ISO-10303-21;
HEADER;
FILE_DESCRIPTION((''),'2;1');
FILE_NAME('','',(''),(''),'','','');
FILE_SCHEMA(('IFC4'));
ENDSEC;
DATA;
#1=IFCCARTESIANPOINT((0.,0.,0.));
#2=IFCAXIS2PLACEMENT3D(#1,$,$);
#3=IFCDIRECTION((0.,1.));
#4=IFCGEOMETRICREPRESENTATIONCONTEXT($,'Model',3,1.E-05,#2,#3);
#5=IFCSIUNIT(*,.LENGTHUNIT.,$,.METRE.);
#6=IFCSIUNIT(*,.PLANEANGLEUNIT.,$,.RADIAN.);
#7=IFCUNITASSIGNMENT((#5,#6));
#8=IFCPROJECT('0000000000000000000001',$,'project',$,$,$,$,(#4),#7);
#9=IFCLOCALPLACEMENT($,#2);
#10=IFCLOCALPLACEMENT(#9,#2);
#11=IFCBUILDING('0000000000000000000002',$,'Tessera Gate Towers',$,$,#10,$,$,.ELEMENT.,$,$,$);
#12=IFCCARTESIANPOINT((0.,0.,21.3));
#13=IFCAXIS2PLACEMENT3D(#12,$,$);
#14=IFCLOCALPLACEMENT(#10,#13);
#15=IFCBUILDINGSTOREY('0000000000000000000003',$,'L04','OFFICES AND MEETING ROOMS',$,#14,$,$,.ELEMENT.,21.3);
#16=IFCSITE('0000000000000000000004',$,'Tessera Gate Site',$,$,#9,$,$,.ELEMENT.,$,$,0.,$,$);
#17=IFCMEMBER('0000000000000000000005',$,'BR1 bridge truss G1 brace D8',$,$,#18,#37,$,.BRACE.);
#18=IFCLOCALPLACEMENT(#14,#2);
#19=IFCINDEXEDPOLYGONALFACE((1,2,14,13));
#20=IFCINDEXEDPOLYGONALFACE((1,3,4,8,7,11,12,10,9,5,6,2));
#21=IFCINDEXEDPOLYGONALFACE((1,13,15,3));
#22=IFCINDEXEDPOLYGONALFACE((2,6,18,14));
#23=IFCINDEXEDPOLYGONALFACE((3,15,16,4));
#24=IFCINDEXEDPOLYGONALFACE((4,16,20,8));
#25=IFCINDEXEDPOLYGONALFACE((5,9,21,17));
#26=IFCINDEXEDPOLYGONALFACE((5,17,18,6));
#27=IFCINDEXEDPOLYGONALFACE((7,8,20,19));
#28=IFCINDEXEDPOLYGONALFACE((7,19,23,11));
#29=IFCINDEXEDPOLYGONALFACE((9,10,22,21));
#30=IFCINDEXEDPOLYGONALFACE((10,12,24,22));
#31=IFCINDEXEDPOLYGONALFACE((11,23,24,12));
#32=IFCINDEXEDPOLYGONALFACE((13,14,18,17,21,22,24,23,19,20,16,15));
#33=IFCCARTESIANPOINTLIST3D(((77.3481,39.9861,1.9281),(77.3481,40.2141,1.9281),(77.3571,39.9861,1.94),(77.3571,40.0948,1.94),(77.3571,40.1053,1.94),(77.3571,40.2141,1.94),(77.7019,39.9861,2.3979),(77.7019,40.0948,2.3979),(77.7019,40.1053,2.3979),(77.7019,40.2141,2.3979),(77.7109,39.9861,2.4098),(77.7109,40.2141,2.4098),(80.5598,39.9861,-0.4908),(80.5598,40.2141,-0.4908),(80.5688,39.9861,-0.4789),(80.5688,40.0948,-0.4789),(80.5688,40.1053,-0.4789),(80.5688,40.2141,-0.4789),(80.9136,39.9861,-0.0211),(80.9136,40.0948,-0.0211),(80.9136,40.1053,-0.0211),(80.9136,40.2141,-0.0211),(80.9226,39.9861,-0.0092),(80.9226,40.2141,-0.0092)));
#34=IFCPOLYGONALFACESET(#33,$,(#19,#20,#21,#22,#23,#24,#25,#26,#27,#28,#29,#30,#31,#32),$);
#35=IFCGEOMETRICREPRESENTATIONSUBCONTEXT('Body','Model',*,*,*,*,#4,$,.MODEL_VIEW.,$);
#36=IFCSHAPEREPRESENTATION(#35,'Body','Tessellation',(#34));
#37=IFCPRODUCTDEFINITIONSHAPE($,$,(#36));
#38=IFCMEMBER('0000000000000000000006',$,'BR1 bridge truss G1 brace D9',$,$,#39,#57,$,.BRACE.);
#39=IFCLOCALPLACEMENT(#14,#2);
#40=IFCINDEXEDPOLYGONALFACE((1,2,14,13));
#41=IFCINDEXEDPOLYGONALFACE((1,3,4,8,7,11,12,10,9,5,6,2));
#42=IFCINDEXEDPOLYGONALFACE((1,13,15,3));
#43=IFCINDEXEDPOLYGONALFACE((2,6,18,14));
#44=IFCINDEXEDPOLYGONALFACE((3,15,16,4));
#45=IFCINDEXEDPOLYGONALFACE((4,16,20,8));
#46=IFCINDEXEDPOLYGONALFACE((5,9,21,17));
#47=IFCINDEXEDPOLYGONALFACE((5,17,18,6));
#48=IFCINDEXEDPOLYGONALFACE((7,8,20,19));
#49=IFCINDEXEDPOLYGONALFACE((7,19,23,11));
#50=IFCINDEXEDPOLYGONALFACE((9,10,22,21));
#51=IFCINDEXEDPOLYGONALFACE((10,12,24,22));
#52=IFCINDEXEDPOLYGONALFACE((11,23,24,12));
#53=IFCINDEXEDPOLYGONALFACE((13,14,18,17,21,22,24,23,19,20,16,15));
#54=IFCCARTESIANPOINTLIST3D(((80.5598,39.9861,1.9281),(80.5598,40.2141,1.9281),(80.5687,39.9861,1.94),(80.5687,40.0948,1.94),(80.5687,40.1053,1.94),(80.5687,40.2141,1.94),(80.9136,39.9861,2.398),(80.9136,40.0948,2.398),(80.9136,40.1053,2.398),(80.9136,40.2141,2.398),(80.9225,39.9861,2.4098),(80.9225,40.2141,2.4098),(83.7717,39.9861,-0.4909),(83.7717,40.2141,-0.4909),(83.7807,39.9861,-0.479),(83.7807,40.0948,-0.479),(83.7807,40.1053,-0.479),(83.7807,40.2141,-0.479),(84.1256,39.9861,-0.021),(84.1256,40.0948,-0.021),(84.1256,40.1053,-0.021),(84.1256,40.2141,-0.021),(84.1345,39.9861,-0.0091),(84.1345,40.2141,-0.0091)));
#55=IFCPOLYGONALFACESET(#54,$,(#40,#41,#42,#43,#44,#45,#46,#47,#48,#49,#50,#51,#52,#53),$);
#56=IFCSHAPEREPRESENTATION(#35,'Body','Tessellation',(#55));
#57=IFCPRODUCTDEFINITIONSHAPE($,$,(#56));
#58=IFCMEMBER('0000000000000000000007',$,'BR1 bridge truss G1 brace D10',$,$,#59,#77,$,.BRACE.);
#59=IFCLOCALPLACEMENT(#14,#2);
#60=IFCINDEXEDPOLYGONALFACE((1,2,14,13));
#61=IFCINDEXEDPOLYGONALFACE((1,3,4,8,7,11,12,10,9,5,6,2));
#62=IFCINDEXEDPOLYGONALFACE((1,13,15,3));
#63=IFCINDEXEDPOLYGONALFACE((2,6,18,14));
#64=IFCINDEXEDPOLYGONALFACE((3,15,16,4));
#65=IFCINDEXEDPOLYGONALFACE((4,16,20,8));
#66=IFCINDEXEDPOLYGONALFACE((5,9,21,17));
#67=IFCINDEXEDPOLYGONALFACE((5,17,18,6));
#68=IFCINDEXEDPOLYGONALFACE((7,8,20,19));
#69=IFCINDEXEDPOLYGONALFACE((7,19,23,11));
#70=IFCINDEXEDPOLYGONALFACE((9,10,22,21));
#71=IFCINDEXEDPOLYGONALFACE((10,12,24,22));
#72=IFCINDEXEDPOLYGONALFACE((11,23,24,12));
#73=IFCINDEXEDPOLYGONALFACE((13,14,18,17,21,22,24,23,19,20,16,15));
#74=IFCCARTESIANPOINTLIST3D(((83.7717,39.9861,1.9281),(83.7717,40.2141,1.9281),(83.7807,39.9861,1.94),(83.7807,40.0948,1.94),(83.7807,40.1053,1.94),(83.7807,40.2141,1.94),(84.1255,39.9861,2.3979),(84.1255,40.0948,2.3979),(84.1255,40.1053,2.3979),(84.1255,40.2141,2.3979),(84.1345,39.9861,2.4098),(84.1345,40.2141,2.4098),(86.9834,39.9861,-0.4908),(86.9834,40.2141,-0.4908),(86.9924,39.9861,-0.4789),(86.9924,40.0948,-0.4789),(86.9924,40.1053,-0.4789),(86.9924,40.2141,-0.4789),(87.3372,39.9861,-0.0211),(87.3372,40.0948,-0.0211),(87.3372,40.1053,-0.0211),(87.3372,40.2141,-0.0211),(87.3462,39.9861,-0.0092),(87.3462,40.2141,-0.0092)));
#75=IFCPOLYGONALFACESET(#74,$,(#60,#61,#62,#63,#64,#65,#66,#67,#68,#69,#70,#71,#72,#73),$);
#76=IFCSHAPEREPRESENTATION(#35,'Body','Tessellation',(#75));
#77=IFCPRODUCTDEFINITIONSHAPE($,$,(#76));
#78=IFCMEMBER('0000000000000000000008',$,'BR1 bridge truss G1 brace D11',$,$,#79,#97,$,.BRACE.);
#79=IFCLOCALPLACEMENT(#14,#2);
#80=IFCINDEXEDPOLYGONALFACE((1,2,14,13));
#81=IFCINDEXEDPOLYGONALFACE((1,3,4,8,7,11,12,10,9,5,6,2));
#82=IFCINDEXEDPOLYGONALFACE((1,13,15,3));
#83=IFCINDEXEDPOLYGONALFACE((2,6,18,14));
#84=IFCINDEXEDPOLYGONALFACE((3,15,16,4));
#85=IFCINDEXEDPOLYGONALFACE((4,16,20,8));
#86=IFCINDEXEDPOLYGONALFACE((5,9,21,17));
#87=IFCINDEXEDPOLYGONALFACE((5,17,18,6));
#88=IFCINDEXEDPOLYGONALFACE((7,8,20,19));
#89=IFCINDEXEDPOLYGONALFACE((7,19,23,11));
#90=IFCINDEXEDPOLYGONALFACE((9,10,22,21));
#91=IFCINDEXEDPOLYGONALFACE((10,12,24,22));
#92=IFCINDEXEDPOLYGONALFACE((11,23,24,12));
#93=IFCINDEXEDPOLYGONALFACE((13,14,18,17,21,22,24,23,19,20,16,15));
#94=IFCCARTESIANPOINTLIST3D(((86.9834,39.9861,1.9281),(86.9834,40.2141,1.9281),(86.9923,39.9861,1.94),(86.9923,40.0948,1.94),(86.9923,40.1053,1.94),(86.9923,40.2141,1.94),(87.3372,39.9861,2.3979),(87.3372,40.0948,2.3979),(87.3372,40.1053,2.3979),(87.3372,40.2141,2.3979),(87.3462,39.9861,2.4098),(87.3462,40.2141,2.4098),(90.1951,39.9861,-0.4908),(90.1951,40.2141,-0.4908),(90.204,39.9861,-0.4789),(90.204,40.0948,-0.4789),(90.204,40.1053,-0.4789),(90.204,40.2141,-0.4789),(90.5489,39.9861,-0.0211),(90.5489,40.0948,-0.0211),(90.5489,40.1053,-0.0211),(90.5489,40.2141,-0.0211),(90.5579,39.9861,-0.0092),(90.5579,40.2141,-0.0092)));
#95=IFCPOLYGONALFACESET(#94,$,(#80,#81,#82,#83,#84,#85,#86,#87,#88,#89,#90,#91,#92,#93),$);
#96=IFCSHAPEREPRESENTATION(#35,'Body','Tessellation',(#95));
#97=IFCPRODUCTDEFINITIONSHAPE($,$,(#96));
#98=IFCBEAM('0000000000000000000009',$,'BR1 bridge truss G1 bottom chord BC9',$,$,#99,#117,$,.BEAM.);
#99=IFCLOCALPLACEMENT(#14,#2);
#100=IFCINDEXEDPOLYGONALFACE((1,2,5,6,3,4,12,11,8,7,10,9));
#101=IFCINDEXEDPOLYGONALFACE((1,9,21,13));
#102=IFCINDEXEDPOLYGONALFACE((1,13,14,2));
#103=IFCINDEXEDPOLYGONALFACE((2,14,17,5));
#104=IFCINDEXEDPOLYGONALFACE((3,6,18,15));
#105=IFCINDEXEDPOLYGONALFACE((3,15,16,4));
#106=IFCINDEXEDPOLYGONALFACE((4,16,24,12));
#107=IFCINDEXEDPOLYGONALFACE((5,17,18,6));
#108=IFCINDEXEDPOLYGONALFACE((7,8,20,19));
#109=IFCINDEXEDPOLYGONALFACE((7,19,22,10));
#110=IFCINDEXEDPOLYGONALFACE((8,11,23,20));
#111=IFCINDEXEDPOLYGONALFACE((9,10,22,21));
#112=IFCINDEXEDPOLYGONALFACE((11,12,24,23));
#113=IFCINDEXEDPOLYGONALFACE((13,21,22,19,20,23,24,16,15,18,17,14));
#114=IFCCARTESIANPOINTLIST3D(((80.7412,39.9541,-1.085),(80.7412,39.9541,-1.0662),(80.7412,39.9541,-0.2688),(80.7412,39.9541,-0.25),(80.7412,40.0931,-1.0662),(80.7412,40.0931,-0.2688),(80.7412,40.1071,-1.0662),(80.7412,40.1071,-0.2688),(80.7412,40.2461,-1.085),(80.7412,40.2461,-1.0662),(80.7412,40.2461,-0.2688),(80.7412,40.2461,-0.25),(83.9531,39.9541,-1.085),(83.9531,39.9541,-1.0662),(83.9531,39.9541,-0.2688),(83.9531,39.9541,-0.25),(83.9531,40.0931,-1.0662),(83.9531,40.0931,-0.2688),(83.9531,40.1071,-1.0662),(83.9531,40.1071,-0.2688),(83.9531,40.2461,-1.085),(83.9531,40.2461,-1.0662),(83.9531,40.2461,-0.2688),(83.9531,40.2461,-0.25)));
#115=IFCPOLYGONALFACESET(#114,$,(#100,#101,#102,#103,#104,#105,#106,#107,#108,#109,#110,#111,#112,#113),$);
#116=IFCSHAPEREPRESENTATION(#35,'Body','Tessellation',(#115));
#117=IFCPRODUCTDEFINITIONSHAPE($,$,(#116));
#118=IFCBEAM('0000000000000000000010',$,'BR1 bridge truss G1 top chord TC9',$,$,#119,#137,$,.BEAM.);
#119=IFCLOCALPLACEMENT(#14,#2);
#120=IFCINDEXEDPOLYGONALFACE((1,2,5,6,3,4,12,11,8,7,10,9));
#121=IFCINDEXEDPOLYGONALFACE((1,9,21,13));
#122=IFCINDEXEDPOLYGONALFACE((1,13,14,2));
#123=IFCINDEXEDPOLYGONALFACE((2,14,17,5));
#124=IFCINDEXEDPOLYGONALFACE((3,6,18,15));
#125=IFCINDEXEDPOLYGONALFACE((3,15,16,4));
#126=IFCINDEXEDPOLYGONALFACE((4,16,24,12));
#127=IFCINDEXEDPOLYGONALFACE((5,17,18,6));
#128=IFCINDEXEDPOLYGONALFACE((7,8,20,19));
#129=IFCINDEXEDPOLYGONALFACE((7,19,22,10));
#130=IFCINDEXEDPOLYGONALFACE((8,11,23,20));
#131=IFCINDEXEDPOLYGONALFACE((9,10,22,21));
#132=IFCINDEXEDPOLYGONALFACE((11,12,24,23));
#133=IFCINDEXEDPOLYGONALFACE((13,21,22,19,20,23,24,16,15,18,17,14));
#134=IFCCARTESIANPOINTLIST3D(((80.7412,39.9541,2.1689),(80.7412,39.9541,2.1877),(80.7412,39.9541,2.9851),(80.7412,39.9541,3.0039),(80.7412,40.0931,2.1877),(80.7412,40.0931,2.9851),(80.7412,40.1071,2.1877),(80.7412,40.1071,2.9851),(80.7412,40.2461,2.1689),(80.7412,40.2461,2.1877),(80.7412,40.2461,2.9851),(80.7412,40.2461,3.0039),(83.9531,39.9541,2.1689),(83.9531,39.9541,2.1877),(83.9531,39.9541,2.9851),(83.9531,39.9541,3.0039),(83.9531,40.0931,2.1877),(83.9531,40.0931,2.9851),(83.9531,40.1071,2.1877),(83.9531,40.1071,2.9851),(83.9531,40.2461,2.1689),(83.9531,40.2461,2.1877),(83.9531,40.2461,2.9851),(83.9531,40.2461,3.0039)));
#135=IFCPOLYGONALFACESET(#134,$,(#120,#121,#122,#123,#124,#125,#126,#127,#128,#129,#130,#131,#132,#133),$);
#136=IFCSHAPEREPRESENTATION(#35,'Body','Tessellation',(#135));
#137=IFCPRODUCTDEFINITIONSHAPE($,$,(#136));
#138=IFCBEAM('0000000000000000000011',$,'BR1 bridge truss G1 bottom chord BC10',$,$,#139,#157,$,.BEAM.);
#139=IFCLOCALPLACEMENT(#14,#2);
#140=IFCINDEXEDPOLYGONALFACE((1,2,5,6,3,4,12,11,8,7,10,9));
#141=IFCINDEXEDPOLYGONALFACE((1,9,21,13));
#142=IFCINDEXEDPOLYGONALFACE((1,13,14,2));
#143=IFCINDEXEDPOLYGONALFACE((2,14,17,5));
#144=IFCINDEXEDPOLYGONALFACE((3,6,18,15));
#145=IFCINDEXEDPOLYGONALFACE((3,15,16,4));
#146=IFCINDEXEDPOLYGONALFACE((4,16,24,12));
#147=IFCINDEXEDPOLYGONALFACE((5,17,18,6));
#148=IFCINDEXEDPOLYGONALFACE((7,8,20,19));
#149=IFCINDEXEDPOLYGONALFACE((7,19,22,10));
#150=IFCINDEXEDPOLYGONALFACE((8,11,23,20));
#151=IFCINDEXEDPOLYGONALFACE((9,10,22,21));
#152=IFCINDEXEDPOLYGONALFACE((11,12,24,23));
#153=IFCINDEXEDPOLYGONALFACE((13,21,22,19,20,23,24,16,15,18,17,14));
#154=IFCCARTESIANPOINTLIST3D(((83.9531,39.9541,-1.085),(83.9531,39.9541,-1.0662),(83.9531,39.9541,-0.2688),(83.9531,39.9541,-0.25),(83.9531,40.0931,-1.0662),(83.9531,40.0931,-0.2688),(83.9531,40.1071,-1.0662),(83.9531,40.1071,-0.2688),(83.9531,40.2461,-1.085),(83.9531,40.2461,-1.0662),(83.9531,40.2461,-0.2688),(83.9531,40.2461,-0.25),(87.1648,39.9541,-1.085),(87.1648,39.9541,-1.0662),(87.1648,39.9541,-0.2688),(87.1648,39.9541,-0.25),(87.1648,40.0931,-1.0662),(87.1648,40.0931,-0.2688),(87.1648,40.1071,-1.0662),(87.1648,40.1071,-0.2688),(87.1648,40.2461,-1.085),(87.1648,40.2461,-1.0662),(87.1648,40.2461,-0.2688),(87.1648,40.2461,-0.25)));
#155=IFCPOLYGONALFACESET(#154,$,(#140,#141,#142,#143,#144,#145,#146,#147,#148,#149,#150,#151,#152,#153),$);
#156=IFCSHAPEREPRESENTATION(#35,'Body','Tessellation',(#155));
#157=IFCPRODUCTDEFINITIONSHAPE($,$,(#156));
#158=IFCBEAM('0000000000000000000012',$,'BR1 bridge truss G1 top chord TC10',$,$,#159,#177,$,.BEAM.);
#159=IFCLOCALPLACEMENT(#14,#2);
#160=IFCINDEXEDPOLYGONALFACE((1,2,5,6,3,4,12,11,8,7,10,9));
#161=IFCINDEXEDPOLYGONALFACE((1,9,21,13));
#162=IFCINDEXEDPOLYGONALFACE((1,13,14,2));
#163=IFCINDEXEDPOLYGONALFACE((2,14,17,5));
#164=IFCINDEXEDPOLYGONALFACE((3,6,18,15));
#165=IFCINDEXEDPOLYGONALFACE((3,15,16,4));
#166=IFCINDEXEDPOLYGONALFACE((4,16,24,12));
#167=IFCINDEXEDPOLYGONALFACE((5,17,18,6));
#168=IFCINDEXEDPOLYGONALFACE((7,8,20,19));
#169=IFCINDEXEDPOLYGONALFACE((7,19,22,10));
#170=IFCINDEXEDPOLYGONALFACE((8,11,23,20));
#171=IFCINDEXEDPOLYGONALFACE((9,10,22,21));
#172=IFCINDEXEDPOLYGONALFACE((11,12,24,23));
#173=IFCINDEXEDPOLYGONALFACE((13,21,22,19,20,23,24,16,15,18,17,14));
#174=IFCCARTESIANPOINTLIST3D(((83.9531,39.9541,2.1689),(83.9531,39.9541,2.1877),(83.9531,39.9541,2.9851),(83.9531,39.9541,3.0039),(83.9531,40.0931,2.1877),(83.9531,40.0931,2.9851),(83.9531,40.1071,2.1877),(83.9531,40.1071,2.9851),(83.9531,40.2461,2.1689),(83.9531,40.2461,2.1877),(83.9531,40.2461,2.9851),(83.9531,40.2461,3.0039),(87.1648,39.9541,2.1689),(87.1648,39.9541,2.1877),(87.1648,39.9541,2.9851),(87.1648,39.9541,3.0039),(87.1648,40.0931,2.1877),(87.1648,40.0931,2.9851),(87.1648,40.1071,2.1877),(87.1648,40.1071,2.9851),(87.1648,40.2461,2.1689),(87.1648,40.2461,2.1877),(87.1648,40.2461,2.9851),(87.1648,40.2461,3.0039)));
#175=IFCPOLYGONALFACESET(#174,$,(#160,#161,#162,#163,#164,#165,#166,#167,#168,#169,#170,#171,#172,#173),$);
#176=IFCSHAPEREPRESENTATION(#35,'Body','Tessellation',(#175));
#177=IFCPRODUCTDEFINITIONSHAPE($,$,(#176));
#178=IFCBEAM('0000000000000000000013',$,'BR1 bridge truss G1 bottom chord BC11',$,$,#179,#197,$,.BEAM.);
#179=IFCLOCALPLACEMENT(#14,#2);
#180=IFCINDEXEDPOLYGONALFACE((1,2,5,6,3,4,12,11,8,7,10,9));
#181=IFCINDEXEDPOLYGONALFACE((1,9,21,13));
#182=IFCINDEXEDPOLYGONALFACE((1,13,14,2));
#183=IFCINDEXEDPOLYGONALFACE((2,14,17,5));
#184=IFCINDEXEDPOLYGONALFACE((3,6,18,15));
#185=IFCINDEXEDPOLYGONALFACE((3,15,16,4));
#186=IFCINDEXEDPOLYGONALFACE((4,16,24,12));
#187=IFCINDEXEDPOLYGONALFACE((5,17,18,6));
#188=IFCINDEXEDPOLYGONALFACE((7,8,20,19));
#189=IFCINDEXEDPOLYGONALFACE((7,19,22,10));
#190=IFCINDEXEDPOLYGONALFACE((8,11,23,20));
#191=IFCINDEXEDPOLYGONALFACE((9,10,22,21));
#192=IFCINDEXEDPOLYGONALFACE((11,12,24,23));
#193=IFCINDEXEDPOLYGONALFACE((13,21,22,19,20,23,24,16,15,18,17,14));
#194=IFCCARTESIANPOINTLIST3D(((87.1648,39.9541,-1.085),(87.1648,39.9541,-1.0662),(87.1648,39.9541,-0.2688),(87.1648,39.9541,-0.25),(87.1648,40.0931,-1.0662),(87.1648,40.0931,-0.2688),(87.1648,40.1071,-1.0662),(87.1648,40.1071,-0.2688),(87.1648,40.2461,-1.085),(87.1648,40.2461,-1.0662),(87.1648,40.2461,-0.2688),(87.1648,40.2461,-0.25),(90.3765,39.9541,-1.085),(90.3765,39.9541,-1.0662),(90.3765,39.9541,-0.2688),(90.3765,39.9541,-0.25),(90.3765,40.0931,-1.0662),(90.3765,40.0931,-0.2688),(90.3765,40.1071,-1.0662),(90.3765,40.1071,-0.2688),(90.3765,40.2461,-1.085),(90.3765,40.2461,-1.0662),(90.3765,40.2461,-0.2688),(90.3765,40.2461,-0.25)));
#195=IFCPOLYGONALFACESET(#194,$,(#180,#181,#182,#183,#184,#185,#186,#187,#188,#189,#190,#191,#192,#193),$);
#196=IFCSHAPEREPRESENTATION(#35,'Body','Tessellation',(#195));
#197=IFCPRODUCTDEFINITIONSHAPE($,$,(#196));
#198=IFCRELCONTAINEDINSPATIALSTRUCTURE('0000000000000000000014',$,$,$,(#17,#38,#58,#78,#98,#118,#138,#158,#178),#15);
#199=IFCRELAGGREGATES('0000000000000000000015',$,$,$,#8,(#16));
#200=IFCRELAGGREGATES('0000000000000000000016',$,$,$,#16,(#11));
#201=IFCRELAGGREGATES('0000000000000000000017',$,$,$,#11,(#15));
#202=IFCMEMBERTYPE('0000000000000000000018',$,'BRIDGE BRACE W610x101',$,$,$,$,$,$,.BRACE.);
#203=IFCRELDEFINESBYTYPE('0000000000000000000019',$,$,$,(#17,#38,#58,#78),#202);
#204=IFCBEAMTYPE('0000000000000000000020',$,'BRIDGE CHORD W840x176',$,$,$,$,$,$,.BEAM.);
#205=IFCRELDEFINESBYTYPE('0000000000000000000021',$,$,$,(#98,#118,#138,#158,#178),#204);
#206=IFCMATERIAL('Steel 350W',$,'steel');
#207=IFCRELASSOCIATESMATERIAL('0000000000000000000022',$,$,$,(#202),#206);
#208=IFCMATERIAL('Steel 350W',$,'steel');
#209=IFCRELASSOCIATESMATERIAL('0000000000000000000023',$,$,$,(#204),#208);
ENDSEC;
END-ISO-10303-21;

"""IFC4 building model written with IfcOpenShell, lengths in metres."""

from ifc_helpers import new_model, si_unit, direction, frame, origin, origin_2d, place, context, subcontext, project, spatial, i_section, extrude, material, material_profile, profile_set, type_object, element, save


model = new_model("IFC4")

# Units and contexts
model_context = context("Model", 3, precision=1e-05, world=origin(), true_north=direction((0.0, 1.0)))
body_context = subcontext(model_context, "Body", "Model", "MODEL_VIEW")
ifc_project = project(units=[si_unit("LENGTHUNIT", "METRE"), si_unit("PLANEANGLEUNIT", "RADIAN")], contexts=[model_context])

# Site, building, storey
site_placement = place(None, origin())
site = spatial("IfcSite", under=ifc_project, at=site_placement, Name="Tessera Gate Site", CompositionType="ELEMENT", RefElevation=0.0)
building_placement = place(site_placement, origin())
building = spatial("IfcBuilding", under=site, at=building_placement, Name="Tessera Gate Towers", CompositionType="ELEMENT")
storey_placement = place(building_placement, frame((0.0, 0.0, 21.3)))
storey = spatial("IfcBuildingStorey", under=building, at=storey_placement, Name="L04", Description="OFFICES AND MEETING ROOMS", CompositionType="ELEMENT", Elevation=21.3)

# Members
ifc_material_1 = material(Name="Steel 350W", Category="steel")
ifc_material_profile_1 = material_profile(ifc_material_1, i_section(OverallWidth=0.228, OverallDepth=0.603, WebThickness=0.0105, FlangeThickness=0.0149, at=origin_2d()), Name="W610x101")
ifc_profile_set_1 = profile_set([ifc_material_profile_1], Name="Steel 350W")
member_type_1 = type_object("IfcMemberType", Name="BRIDGE BRACE W610x101", PredefinedType="BRACE", material=ifc_profile_set_1)
member_1_placement = place(storey_placement, frame((80.7412, 40.1001, -0.25), z_axis=(-0.798782, 0.0, 0.601621), x_axis=(0.0, -1.0, 0.0)))
element("IfcMember", 1, at=member_1_placement, inside=storey, type_object=member_type_1, Name="BR1 bridge truss G1 brace D8", PredefinedType="BRACE", context=body_context, shape_type="SweptSolid", body=[
    extrude(i_section(OverallWidth=0.228, OverallDepth=0.603, WebThickness=0.0105, FlangeThickness=0.0149, at=origin_2d()), origin(), (0.0, 0.0, 1.0), 4.0208),
])
member_2_placement = place(storey_placement, frame((83.9531, 40.1001, -0.25), z_axis=(-0.798803, 0.0, 0.601592), x_axis=(0.0, -1.0, 0.0)))
element("IfcMember", 2, at=member_2_placement, inside=storey, type_object=member_type_1, Name="BR1 bridge truss G1 brace D9", PredefinedType="BRACE", context=body_context, shape_type="SweptSolid", body=[
    extrude(i_section(OverallWidth=0.228, OverallDepth=0.603, WebThickness=0.0105, FlangeThickness=0.0149, at=origin_2d()), origin(), (0.0, 0.0, 1.0), 4.021),
])
for number, where, z_axis, x_axis, name in (
    (3, (87.1648, 40.1001, -0.25), (-0.798782, 0.0, 0.601621), (0.0, -1.0, 0.0), "BR1 bridge truss G1 brace D10"),
    (4, (90.3765, 40.1001, -0.25), (-0.798782, 0.0, 0.601621), (0.0, -1.0, 0.0), "BR1 bridge truss G1 brace D11"),
):
    element("IfcMember", number, at=place(storey_placement, frame(where, z_axis=z_axis, x_axis=x_axis)), inside=storey, type_object=member_type_1, Name=name, PredefinedType="BRACE", context=body_context, shape_type="SweptSolid", body=[
        extrude(i_section(OverallWidth=0.228, OverallDepth=0.603, WebThickness=0.0105, FlangeThickness=0.0149, at=origin_2d()), origin(), (0.0, 0.0, 1.0), 4.0208),
    ])

# Beams
ifc_material_2 = material(Name="Steel 350W", Category="steel")
ifc_material_profile_2 = material_profile(ifc_material_2, i_section(OverallWidth=0.292, OverallDepth=0.835, WebThickness=0.0139, FlangeThickness=0.0188, at=origin_2d()), Name="W840x176")
ifc_profile_set_2 = profile_set([ifc_material_profile_2], Name="Steel 350W")
beam_type = type_object("IfcBeamType", Name="BRIDGE CHORD W840x176", PredefinedType="BEAM", material=ifc_profile_set_2)
for number, where, z_axis, x_axis, name in (
    (5, (80.7412, 40.1001, -0.6675), (1.0, 0.0, 0.0), (0.0, 1.0, 0.0), "BR1 bridge truss G1 bottom chord BC9"),
    (6, (80.7412, 40.1001, 2.5864), (1.0, 0.0, 0.0), (0.0, 1.0, 0.0), "BR1 bridge truss G1 top chord TC9"),
):
    element("IfcBeam", number, at=place(storey_placement, frame(where, z_axis=z_axis, x_axis=x_axis)), inside=storey, type_object=beam_type, Name=name, PredefinedType="BEAM", context=body_context, shape_type="SweptSolid", body=[
        extrude(i_section(OverallWidth=0.292, OverallDepth=0.835, WebThickness=0.0139, FlangeThickness=0.0188, at=origin_2d()), origin(), (0.0, 0.0, 1.0), 3.2119),
    ])
for number, where, z_axis, x_axis, name in (
    (7, (83.9531, 40.1001, -0.6675), (1.0, 0.0, 0.0), (0.0, 1.0, 0.0), "BR1 bridge truss G1 bottom chord BC10"),
    (8, (83.9531, 40.1001, 2.5864), (1.0, 0.0, 0.0), (0.0, 1.0, 0.0), "BR1 bridge truss G1 top chord TC10"),
    (9, (87.1648, 40.1001, -0.6675), (1.0, 0.0, 0.0), (0.0, 1.0, 0.0), "BR1 bridge truss G1 bottom chord BC11"),
):
    element("IfcBeam", number, at=place(storey_placement, frame(where, z_axis=z_axis, x_axis=x_axis)), inside=storey, type_object=beam_type, Name=name, PredefinedType="BEAM", context=body_context, shape_type="SweptSolid", body=[
        extrude(i_section(OverallWidth=0.292, OverallDepth=0.835, WebThickness=0.0139, FlangeThickness=0.0188, at=origin_2d()), origin(), (0.0, 0.0, 1.0), 3.2117),
    ])

save(model, "model.ifc")
